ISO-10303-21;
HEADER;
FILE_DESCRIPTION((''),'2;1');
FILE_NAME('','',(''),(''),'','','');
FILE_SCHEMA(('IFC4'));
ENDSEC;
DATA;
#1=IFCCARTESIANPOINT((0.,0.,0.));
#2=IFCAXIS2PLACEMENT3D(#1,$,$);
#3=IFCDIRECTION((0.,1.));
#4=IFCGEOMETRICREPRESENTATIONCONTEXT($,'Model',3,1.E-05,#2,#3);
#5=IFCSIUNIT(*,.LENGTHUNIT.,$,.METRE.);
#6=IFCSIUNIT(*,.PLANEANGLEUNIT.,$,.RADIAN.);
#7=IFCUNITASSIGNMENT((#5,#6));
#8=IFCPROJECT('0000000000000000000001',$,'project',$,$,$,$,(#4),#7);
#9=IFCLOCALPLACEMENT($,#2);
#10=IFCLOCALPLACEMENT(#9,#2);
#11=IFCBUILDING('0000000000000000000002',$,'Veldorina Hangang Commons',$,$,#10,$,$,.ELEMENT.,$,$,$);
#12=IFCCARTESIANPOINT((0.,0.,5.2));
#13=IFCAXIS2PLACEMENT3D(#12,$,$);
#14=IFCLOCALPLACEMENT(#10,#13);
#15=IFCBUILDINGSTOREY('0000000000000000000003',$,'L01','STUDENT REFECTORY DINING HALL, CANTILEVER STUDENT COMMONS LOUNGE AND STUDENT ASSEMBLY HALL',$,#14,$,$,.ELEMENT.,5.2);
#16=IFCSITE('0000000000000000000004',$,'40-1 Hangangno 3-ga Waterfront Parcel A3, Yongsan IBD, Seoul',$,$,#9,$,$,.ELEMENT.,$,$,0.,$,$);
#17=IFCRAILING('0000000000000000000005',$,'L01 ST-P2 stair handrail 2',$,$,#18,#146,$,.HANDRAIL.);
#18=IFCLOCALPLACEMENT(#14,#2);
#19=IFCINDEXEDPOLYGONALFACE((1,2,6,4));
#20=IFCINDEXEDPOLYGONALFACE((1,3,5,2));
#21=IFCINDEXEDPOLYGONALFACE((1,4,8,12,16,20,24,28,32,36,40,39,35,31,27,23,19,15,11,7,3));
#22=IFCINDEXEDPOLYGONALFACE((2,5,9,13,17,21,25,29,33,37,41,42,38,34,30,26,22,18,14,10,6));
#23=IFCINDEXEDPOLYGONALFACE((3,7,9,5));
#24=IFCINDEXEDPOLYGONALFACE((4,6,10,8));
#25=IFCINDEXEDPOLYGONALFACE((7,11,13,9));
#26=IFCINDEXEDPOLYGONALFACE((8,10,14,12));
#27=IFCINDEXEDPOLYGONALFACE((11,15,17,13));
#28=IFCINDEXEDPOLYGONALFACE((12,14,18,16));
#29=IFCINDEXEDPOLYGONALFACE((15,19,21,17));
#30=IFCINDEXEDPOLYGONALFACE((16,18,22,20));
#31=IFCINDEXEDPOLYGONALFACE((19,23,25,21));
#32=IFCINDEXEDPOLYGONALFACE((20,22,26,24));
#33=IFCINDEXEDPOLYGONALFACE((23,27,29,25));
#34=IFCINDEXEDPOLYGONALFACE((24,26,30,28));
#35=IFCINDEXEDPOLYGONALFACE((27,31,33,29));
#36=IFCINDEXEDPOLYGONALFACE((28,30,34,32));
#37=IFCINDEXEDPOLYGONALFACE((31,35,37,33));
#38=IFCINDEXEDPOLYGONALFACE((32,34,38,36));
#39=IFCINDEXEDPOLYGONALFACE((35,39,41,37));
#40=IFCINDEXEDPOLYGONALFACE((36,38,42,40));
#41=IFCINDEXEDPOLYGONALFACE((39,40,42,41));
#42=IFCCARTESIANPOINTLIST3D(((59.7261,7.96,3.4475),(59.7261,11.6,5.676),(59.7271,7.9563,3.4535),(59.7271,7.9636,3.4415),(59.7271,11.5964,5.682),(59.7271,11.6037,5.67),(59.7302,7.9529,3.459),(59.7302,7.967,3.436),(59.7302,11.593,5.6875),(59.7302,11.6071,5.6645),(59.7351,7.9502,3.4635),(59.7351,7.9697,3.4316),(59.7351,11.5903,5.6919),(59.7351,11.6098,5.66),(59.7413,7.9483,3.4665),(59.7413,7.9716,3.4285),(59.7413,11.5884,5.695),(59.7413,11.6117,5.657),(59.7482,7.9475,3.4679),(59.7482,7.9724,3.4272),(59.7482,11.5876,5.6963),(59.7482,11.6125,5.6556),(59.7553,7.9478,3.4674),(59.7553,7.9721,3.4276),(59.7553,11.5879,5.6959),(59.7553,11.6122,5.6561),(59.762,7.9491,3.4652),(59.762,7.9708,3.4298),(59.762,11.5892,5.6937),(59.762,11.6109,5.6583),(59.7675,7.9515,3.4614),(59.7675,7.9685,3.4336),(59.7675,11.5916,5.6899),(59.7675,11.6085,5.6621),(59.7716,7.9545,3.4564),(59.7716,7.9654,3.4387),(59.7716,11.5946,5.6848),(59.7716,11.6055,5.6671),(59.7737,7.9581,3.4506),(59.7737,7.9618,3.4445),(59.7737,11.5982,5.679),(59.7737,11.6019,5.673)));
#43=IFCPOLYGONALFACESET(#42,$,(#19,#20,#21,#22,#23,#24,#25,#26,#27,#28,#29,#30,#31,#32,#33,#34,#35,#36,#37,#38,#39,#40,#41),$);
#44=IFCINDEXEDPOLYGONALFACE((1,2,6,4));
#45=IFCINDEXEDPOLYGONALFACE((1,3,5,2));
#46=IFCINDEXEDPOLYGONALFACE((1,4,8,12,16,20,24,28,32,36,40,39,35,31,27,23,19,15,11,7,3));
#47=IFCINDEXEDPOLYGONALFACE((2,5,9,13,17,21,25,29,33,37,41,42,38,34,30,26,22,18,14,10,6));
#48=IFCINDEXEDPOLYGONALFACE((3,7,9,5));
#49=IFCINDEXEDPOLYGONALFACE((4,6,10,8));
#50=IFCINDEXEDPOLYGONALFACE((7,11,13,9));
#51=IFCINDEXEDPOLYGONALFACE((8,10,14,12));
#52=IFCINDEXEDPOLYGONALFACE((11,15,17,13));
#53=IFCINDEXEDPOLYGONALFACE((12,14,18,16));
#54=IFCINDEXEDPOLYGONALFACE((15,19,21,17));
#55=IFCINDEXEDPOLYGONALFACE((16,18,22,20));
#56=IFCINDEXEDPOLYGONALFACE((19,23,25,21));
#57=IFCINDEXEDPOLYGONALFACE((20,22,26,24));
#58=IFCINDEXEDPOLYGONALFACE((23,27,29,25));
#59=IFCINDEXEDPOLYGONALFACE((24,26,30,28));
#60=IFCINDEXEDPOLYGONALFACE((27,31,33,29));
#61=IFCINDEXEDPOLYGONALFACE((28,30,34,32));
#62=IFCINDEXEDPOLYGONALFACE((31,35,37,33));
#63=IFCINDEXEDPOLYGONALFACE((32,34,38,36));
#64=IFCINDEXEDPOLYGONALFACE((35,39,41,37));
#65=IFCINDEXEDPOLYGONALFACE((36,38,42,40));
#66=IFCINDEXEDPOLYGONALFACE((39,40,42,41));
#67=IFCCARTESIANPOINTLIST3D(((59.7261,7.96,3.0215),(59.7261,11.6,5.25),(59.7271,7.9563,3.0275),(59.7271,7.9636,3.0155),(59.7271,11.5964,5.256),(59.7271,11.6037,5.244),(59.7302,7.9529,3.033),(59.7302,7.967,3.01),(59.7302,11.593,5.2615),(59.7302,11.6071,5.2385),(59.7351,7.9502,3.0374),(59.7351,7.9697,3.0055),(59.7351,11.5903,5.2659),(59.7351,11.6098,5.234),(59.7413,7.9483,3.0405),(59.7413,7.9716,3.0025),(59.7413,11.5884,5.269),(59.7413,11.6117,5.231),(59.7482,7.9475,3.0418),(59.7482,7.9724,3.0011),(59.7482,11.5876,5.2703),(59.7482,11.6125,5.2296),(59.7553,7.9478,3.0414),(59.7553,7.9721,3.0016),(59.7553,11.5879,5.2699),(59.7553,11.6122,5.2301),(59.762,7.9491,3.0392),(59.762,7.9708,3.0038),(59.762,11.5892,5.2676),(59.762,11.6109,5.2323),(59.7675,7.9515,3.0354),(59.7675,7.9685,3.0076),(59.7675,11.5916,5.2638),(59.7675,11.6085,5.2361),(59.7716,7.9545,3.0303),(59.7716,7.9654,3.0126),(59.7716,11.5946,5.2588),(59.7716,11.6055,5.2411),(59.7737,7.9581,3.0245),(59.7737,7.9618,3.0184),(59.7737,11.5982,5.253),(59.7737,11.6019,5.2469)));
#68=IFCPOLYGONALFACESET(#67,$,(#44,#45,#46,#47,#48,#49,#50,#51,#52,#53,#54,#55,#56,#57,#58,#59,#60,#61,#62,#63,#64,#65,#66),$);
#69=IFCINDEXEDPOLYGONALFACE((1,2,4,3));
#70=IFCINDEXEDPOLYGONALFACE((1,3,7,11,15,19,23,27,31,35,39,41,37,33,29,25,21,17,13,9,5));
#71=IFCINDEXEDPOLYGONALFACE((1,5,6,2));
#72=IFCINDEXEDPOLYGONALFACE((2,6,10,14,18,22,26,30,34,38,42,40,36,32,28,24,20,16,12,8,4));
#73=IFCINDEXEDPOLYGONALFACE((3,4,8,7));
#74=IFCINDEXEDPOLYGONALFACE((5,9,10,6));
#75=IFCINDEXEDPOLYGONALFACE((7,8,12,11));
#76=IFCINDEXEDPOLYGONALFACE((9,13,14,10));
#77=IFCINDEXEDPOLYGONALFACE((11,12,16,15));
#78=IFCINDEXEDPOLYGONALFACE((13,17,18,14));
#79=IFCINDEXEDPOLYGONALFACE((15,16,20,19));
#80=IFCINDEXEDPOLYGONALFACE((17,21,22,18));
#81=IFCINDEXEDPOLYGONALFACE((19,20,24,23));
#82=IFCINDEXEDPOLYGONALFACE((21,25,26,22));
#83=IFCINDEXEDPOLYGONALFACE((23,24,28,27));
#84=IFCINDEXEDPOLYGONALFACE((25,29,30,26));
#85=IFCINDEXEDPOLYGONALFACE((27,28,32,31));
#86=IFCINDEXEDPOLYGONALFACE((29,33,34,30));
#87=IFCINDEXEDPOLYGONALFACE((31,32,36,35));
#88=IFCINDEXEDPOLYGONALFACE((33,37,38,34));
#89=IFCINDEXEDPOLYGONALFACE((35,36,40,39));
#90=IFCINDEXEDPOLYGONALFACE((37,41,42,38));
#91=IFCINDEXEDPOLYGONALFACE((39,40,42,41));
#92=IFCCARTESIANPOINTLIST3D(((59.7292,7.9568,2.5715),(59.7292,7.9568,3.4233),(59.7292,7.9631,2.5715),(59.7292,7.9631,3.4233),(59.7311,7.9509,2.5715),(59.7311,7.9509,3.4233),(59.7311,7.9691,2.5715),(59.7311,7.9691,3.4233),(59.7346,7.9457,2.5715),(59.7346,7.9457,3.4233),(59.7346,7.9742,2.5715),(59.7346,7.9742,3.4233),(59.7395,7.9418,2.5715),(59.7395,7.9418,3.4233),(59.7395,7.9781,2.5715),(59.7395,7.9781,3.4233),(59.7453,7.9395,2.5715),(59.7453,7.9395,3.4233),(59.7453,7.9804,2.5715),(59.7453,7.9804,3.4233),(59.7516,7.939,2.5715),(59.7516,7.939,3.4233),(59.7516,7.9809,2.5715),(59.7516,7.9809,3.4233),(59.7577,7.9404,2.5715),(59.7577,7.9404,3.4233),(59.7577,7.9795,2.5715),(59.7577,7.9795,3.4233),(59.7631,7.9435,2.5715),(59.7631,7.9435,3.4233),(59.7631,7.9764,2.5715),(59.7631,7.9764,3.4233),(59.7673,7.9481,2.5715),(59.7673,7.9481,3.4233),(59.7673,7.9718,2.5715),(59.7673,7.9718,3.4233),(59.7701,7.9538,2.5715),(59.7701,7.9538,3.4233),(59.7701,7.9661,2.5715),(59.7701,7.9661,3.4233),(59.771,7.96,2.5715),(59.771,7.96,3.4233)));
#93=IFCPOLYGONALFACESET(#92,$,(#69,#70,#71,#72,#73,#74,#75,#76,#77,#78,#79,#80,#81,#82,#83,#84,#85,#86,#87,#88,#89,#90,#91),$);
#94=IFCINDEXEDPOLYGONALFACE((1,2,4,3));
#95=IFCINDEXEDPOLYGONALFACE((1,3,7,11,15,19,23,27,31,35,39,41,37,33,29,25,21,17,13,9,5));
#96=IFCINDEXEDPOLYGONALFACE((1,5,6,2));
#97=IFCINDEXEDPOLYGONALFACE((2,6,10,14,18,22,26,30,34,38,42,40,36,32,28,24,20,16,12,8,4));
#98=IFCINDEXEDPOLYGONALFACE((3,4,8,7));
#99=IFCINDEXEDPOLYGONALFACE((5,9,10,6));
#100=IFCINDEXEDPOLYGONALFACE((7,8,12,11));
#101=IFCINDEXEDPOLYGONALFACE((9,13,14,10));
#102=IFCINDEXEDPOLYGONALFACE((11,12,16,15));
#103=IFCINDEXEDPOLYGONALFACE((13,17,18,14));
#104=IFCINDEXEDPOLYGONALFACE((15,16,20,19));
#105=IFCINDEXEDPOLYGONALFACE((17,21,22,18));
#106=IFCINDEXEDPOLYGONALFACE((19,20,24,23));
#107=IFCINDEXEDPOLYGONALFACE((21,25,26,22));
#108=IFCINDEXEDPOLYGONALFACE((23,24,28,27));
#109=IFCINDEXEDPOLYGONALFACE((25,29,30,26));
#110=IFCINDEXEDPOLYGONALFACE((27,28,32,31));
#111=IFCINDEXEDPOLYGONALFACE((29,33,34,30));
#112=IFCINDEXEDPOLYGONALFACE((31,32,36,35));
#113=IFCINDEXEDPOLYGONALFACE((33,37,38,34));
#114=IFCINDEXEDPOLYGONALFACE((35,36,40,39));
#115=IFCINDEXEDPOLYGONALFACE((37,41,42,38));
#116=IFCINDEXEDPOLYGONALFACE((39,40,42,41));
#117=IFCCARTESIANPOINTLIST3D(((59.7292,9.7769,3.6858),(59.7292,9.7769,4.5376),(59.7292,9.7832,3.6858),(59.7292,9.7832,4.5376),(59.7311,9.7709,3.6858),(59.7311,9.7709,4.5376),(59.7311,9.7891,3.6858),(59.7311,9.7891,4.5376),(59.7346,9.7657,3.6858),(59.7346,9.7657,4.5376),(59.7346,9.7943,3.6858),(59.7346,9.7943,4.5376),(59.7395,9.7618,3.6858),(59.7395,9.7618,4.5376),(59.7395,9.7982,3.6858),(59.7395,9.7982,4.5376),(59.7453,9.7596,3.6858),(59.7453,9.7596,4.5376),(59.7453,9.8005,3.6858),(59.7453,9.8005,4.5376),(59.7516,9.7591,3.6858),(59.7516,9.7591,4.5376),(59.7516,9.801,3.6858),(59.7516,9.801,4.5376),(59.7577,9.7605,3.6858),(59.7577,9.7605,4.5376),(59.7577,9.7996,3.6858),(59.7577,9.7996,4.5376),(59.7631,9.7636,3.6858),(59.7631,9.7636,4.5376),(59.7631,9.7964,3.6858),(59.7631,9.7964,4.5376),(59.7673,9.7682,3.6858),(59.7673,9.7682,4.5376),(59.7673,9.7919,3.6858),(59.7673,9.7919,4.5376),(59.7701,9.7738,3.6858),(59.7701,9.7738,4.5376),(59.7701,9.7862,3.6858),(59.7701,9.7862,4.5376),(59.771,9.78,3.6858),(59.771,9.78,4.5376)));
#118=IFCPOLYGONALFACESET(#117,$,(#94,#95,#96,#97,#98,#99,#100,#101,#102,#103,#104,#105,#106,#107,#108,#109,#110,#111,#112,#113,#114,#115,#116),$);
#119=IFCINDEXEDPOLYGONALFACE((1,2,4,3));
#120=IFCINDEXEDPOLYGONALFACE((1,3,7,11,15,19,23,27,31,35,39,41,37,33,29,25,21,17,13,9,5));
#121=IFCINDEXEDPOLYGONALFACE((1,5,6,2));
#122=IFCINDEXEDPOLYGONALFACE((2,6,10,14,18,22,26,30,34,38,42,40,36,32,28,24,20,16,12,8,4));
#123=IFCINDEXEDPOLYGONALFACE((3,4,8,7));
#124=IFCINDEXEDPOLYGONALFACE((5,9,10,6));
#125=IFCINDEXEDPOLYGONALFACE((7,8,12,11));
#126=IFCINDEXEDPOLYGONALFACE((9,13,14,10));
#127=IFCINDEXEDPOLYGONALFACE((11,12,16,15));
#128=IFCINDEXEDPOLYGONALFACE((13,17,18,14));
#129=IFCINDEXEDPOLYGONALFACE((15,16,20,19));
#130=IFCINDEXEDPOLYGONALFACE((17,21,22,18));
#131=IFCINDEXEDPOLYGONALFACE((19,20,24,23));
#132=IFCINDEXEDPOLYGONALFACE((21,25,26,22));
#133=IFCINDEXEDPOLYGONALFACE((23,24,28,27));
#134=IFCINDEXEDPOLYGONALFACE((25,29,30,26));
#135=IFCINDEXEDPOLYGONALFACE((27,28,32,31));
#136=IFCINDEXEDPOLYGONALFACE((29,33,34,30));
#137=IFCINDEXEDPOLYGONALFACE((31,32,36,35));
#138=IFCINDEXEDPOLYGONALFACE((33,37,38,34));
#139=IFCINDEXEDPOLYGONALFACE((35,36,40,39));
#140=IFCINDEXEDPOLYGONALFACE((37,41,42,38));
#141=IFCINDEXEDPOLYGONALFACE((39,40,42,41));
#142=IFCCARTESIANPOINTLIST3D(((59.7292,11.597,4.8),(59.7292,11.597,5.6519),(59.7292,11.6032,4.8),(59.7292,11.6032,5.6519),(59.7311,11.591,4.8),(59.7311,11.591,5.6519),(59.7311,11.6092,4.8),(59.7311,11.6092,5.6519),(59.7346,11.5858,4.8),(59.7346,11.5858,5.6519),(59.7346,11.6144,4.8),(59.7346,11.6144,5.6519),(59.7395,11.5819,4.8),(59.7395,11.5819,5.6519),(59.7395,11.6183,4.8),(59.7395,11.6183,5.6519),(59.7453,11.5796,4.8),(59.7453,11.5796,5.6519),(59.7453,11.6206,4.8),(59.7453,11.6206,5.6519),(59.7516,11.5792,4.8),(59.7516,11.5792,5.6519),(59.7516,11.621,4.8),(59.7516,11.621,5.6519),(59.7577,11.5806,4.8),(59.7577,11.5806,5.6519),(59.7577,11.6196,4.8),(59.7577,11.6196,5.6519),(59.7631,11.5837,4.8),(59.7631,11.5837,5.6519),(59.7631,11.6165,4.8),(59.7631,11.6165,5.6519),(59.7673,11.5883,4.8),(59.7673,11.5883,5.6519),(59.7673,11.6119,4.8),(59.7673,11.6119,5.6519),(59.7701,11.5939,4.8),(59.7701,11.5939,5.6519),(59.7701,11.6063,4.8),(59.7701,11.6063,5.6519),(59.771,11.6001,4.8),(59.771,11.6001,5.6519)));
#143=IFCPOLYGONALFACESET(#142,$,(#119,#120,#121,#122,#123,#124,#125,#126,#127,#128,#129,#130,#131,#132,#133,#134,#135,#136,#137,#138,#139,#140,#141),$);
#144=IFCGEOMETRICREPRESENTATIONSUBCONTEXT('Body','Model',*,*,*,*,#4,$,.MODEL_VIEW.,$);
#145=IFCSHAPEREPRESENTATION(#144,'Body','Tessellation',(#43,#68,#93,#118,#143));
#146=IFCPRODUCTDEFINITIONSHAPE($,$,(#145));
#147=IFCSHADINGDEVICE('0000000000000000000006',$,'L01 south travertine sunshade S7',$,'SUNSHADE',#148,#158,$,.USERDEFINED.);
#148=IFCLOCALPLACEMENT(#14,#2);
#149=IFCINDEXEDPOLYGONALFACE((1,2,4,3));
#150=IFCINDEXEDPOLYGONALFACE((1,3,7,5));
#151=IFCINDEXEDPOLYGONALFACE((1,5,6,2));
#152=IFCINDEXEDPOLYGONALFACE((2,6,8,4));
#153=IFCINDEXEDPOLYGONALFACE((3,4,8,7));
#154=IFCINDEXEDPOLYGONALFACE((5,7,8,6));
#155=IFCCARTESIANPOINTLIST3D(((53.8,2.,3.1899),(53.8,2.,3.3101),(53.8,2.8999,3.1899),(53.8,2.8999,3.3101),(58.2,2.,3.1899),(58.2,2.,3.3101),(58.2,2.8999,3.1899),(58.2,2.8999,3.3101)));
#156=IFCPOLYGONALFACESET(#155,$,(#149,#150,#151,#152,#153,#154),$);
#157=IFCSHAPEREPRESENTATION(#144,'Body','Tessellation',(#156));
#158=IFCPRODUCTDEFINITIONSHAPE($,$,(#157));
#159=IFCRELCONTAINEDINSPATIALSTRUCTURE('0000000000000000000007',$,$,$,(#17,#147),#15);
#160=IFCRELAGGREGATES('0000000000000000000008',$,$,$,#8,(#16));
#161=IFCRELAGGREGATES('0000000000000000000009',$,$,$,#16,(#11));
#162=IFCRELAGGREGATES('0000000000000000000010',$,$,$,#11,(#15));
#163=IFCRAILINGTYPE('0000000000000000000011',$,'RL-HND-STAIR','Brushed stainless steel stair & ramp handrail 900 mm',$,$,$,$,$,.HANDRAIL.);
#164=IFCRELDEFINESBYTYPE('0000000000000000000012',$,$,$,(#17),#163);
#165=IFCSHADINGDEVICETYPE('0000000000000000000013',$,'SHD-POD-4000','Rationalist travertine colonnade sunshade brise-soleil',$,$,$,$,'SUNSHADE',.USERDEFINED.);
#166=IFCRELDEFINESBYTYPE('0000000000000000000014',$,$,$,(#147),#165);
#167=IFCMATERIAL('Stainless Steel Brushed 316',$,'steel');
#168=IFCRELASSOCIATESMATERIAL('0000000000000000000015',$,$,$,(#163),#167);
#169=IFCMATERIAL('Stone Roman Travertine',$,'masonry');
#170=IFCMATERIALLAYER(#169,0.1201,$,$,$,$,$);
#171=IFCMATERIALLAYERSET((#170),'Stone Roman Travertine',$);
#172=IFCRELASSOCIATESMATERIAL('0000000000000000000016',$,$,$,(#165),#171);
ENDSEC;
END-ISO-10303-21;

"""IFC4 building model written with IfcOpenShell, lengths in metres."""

from ifc_helpers import new_model, si_unit, direction, frame, origin, origin_2d, place, context, subcontext, project, spatial, rectangle, circle, extrude, material, layer, layer_set, type_object, element, save


model = new_model("IFC4")

# Units and contexts
model_context = context("Model", 3, precision=1e-05, world=origin(), true_north=direction((0.0, 1.0)))
body_context = subcontext(model_context, "Body", "Model", "MODEL_VIEW")
ifc_project = project(units=[si_unit("LENGTHUNIT", "METRE"), si_unit("PLANEANGLEUNIT", "RADIAN")], contexts=[model_context])

# Site, building, storey
site_placement = place(None, origin())
site = spatial("IfcSite", under=ifc_project, at=site_placement, Name="40-1 Hangangno 3-ga Waterfront Parcel A3, Yongsan IBD, Seoul", CompositionType="ELEMENT", RefElevation=0.0)
building_placement = place(site_placement, origin())
building = spatial("IfcBuilding", under=site, at=building_placement, Name="Veldorina Hangang Commons", CompositionType="ELEMENT")
storey_placement = place(building_placement, frame((0.0, 0.0, 5.2)))
storey = spatial("IfcBuildingStorey", under=building, at=storey_placement, Name="L01", Description="STUDENT REFECTORY DINING HALL, CANTILEVER STUDENT COMMONS LOUNGE AND STUDENT ASSEMBLY HALL", CompositionType="ELEMENT", Elevation=5.2)

# Shared definitions
ifc_material_1 = material(Name="Stone Roman Travertine", Category="masonry")

# Railing
ifc_material_2 = material(Name="Stainless Steel Brushed 316", Category="steel")
railing_type_1 = type_object("IfcRailingType", Name="RL-HND-STAIR", Description="Brushed stainless steel stair & ramp handrail 900 mm", PredefinedType="HANDRAIL", material=ifc_material_2)
railing_1_placement = place(storey_placement, frame((59.75, 7.96, 2.5715)))
element("IfcRailing", 1, at=railing_1_placement, inside=storey, type_object=railing_type_1, Name="L01 ST-P2 stair handrail 2", PredefinedType="HANDRAIL", context=body_context, shape_type="SweptSolid", body=[
    extrude(circle(Radius=0.0239, at=origin_2d()), frame((0.0, 0.0, 0.876), z_axis=(0.0, 0.852866, 0.52213), x_axis=(-1.0, 0.0, 0.0)), (0.0, 0.0, 1.0), 4.2681),
    extrude(circle(Radius=0.0239, at=origin_2d()), frame((0.0, 0.0, 0.45), z_axis=(0.0, 0.852866, 0.52213), x_axis=(-1.0, 0.0, 0.0)), (0.0, 0.0, 1.0), 4.2681),
    extrude(circle(Radius=0.021, at=origin_2d()), origin(), (0.0, 0.0, 1.0), 0.8518),
    extrude(circle(Radius=0.021, at=origin_2d()), frame((0.0, 1.8201, 1.1143)), (0.0, 0.0, 1.0), 0.8518),
    extrude(circle(Radius=0.021, at=origin_2d()), frame((0.0, 3.6401, 2.2285)), (0.0, 0.0, 1.0), 0.8518),
])

# Shading device
ifc_layer_1 = layer(ifc_material_1, 0.1201)
ifc_layer_set_1 = layer_set([ifc_layer_1], Name="Stone Roman Travertine")
shading_device_type = type_object("IfcShadingDeviceType", Name="SHD-POD-4000", Description="Rationalist travertine colonnade sunshade brise-soleil", ElementType="SUNSHADE", PredefinedType="USERDEFINED", material=ifc_layer_set_1)
shading_device_placement = place(storey_placement, frame((56.0, 2.45, 3.1899), z_axis=(0.0, 0.0, 1.0), x_axis=(1.0, 0.0, 0.0)))
element("IfcShadingDevice", 2, at=shading_device_placement, inside=storey, type_object=shading_device_type, Name="L01 south travertine sunshade S7", ObjectType="SUNSHADE", PredefinedType="USERDEFINED", context=body_context, shape_type="SweptSolid", body=[
    extrude(rectangle(XDim=4.3999, YDim=0.8999, at=origin_2d()), origin(), (0.0, 0.0, 1.0), 0.1201),
])

save(model, "model.ifc")
